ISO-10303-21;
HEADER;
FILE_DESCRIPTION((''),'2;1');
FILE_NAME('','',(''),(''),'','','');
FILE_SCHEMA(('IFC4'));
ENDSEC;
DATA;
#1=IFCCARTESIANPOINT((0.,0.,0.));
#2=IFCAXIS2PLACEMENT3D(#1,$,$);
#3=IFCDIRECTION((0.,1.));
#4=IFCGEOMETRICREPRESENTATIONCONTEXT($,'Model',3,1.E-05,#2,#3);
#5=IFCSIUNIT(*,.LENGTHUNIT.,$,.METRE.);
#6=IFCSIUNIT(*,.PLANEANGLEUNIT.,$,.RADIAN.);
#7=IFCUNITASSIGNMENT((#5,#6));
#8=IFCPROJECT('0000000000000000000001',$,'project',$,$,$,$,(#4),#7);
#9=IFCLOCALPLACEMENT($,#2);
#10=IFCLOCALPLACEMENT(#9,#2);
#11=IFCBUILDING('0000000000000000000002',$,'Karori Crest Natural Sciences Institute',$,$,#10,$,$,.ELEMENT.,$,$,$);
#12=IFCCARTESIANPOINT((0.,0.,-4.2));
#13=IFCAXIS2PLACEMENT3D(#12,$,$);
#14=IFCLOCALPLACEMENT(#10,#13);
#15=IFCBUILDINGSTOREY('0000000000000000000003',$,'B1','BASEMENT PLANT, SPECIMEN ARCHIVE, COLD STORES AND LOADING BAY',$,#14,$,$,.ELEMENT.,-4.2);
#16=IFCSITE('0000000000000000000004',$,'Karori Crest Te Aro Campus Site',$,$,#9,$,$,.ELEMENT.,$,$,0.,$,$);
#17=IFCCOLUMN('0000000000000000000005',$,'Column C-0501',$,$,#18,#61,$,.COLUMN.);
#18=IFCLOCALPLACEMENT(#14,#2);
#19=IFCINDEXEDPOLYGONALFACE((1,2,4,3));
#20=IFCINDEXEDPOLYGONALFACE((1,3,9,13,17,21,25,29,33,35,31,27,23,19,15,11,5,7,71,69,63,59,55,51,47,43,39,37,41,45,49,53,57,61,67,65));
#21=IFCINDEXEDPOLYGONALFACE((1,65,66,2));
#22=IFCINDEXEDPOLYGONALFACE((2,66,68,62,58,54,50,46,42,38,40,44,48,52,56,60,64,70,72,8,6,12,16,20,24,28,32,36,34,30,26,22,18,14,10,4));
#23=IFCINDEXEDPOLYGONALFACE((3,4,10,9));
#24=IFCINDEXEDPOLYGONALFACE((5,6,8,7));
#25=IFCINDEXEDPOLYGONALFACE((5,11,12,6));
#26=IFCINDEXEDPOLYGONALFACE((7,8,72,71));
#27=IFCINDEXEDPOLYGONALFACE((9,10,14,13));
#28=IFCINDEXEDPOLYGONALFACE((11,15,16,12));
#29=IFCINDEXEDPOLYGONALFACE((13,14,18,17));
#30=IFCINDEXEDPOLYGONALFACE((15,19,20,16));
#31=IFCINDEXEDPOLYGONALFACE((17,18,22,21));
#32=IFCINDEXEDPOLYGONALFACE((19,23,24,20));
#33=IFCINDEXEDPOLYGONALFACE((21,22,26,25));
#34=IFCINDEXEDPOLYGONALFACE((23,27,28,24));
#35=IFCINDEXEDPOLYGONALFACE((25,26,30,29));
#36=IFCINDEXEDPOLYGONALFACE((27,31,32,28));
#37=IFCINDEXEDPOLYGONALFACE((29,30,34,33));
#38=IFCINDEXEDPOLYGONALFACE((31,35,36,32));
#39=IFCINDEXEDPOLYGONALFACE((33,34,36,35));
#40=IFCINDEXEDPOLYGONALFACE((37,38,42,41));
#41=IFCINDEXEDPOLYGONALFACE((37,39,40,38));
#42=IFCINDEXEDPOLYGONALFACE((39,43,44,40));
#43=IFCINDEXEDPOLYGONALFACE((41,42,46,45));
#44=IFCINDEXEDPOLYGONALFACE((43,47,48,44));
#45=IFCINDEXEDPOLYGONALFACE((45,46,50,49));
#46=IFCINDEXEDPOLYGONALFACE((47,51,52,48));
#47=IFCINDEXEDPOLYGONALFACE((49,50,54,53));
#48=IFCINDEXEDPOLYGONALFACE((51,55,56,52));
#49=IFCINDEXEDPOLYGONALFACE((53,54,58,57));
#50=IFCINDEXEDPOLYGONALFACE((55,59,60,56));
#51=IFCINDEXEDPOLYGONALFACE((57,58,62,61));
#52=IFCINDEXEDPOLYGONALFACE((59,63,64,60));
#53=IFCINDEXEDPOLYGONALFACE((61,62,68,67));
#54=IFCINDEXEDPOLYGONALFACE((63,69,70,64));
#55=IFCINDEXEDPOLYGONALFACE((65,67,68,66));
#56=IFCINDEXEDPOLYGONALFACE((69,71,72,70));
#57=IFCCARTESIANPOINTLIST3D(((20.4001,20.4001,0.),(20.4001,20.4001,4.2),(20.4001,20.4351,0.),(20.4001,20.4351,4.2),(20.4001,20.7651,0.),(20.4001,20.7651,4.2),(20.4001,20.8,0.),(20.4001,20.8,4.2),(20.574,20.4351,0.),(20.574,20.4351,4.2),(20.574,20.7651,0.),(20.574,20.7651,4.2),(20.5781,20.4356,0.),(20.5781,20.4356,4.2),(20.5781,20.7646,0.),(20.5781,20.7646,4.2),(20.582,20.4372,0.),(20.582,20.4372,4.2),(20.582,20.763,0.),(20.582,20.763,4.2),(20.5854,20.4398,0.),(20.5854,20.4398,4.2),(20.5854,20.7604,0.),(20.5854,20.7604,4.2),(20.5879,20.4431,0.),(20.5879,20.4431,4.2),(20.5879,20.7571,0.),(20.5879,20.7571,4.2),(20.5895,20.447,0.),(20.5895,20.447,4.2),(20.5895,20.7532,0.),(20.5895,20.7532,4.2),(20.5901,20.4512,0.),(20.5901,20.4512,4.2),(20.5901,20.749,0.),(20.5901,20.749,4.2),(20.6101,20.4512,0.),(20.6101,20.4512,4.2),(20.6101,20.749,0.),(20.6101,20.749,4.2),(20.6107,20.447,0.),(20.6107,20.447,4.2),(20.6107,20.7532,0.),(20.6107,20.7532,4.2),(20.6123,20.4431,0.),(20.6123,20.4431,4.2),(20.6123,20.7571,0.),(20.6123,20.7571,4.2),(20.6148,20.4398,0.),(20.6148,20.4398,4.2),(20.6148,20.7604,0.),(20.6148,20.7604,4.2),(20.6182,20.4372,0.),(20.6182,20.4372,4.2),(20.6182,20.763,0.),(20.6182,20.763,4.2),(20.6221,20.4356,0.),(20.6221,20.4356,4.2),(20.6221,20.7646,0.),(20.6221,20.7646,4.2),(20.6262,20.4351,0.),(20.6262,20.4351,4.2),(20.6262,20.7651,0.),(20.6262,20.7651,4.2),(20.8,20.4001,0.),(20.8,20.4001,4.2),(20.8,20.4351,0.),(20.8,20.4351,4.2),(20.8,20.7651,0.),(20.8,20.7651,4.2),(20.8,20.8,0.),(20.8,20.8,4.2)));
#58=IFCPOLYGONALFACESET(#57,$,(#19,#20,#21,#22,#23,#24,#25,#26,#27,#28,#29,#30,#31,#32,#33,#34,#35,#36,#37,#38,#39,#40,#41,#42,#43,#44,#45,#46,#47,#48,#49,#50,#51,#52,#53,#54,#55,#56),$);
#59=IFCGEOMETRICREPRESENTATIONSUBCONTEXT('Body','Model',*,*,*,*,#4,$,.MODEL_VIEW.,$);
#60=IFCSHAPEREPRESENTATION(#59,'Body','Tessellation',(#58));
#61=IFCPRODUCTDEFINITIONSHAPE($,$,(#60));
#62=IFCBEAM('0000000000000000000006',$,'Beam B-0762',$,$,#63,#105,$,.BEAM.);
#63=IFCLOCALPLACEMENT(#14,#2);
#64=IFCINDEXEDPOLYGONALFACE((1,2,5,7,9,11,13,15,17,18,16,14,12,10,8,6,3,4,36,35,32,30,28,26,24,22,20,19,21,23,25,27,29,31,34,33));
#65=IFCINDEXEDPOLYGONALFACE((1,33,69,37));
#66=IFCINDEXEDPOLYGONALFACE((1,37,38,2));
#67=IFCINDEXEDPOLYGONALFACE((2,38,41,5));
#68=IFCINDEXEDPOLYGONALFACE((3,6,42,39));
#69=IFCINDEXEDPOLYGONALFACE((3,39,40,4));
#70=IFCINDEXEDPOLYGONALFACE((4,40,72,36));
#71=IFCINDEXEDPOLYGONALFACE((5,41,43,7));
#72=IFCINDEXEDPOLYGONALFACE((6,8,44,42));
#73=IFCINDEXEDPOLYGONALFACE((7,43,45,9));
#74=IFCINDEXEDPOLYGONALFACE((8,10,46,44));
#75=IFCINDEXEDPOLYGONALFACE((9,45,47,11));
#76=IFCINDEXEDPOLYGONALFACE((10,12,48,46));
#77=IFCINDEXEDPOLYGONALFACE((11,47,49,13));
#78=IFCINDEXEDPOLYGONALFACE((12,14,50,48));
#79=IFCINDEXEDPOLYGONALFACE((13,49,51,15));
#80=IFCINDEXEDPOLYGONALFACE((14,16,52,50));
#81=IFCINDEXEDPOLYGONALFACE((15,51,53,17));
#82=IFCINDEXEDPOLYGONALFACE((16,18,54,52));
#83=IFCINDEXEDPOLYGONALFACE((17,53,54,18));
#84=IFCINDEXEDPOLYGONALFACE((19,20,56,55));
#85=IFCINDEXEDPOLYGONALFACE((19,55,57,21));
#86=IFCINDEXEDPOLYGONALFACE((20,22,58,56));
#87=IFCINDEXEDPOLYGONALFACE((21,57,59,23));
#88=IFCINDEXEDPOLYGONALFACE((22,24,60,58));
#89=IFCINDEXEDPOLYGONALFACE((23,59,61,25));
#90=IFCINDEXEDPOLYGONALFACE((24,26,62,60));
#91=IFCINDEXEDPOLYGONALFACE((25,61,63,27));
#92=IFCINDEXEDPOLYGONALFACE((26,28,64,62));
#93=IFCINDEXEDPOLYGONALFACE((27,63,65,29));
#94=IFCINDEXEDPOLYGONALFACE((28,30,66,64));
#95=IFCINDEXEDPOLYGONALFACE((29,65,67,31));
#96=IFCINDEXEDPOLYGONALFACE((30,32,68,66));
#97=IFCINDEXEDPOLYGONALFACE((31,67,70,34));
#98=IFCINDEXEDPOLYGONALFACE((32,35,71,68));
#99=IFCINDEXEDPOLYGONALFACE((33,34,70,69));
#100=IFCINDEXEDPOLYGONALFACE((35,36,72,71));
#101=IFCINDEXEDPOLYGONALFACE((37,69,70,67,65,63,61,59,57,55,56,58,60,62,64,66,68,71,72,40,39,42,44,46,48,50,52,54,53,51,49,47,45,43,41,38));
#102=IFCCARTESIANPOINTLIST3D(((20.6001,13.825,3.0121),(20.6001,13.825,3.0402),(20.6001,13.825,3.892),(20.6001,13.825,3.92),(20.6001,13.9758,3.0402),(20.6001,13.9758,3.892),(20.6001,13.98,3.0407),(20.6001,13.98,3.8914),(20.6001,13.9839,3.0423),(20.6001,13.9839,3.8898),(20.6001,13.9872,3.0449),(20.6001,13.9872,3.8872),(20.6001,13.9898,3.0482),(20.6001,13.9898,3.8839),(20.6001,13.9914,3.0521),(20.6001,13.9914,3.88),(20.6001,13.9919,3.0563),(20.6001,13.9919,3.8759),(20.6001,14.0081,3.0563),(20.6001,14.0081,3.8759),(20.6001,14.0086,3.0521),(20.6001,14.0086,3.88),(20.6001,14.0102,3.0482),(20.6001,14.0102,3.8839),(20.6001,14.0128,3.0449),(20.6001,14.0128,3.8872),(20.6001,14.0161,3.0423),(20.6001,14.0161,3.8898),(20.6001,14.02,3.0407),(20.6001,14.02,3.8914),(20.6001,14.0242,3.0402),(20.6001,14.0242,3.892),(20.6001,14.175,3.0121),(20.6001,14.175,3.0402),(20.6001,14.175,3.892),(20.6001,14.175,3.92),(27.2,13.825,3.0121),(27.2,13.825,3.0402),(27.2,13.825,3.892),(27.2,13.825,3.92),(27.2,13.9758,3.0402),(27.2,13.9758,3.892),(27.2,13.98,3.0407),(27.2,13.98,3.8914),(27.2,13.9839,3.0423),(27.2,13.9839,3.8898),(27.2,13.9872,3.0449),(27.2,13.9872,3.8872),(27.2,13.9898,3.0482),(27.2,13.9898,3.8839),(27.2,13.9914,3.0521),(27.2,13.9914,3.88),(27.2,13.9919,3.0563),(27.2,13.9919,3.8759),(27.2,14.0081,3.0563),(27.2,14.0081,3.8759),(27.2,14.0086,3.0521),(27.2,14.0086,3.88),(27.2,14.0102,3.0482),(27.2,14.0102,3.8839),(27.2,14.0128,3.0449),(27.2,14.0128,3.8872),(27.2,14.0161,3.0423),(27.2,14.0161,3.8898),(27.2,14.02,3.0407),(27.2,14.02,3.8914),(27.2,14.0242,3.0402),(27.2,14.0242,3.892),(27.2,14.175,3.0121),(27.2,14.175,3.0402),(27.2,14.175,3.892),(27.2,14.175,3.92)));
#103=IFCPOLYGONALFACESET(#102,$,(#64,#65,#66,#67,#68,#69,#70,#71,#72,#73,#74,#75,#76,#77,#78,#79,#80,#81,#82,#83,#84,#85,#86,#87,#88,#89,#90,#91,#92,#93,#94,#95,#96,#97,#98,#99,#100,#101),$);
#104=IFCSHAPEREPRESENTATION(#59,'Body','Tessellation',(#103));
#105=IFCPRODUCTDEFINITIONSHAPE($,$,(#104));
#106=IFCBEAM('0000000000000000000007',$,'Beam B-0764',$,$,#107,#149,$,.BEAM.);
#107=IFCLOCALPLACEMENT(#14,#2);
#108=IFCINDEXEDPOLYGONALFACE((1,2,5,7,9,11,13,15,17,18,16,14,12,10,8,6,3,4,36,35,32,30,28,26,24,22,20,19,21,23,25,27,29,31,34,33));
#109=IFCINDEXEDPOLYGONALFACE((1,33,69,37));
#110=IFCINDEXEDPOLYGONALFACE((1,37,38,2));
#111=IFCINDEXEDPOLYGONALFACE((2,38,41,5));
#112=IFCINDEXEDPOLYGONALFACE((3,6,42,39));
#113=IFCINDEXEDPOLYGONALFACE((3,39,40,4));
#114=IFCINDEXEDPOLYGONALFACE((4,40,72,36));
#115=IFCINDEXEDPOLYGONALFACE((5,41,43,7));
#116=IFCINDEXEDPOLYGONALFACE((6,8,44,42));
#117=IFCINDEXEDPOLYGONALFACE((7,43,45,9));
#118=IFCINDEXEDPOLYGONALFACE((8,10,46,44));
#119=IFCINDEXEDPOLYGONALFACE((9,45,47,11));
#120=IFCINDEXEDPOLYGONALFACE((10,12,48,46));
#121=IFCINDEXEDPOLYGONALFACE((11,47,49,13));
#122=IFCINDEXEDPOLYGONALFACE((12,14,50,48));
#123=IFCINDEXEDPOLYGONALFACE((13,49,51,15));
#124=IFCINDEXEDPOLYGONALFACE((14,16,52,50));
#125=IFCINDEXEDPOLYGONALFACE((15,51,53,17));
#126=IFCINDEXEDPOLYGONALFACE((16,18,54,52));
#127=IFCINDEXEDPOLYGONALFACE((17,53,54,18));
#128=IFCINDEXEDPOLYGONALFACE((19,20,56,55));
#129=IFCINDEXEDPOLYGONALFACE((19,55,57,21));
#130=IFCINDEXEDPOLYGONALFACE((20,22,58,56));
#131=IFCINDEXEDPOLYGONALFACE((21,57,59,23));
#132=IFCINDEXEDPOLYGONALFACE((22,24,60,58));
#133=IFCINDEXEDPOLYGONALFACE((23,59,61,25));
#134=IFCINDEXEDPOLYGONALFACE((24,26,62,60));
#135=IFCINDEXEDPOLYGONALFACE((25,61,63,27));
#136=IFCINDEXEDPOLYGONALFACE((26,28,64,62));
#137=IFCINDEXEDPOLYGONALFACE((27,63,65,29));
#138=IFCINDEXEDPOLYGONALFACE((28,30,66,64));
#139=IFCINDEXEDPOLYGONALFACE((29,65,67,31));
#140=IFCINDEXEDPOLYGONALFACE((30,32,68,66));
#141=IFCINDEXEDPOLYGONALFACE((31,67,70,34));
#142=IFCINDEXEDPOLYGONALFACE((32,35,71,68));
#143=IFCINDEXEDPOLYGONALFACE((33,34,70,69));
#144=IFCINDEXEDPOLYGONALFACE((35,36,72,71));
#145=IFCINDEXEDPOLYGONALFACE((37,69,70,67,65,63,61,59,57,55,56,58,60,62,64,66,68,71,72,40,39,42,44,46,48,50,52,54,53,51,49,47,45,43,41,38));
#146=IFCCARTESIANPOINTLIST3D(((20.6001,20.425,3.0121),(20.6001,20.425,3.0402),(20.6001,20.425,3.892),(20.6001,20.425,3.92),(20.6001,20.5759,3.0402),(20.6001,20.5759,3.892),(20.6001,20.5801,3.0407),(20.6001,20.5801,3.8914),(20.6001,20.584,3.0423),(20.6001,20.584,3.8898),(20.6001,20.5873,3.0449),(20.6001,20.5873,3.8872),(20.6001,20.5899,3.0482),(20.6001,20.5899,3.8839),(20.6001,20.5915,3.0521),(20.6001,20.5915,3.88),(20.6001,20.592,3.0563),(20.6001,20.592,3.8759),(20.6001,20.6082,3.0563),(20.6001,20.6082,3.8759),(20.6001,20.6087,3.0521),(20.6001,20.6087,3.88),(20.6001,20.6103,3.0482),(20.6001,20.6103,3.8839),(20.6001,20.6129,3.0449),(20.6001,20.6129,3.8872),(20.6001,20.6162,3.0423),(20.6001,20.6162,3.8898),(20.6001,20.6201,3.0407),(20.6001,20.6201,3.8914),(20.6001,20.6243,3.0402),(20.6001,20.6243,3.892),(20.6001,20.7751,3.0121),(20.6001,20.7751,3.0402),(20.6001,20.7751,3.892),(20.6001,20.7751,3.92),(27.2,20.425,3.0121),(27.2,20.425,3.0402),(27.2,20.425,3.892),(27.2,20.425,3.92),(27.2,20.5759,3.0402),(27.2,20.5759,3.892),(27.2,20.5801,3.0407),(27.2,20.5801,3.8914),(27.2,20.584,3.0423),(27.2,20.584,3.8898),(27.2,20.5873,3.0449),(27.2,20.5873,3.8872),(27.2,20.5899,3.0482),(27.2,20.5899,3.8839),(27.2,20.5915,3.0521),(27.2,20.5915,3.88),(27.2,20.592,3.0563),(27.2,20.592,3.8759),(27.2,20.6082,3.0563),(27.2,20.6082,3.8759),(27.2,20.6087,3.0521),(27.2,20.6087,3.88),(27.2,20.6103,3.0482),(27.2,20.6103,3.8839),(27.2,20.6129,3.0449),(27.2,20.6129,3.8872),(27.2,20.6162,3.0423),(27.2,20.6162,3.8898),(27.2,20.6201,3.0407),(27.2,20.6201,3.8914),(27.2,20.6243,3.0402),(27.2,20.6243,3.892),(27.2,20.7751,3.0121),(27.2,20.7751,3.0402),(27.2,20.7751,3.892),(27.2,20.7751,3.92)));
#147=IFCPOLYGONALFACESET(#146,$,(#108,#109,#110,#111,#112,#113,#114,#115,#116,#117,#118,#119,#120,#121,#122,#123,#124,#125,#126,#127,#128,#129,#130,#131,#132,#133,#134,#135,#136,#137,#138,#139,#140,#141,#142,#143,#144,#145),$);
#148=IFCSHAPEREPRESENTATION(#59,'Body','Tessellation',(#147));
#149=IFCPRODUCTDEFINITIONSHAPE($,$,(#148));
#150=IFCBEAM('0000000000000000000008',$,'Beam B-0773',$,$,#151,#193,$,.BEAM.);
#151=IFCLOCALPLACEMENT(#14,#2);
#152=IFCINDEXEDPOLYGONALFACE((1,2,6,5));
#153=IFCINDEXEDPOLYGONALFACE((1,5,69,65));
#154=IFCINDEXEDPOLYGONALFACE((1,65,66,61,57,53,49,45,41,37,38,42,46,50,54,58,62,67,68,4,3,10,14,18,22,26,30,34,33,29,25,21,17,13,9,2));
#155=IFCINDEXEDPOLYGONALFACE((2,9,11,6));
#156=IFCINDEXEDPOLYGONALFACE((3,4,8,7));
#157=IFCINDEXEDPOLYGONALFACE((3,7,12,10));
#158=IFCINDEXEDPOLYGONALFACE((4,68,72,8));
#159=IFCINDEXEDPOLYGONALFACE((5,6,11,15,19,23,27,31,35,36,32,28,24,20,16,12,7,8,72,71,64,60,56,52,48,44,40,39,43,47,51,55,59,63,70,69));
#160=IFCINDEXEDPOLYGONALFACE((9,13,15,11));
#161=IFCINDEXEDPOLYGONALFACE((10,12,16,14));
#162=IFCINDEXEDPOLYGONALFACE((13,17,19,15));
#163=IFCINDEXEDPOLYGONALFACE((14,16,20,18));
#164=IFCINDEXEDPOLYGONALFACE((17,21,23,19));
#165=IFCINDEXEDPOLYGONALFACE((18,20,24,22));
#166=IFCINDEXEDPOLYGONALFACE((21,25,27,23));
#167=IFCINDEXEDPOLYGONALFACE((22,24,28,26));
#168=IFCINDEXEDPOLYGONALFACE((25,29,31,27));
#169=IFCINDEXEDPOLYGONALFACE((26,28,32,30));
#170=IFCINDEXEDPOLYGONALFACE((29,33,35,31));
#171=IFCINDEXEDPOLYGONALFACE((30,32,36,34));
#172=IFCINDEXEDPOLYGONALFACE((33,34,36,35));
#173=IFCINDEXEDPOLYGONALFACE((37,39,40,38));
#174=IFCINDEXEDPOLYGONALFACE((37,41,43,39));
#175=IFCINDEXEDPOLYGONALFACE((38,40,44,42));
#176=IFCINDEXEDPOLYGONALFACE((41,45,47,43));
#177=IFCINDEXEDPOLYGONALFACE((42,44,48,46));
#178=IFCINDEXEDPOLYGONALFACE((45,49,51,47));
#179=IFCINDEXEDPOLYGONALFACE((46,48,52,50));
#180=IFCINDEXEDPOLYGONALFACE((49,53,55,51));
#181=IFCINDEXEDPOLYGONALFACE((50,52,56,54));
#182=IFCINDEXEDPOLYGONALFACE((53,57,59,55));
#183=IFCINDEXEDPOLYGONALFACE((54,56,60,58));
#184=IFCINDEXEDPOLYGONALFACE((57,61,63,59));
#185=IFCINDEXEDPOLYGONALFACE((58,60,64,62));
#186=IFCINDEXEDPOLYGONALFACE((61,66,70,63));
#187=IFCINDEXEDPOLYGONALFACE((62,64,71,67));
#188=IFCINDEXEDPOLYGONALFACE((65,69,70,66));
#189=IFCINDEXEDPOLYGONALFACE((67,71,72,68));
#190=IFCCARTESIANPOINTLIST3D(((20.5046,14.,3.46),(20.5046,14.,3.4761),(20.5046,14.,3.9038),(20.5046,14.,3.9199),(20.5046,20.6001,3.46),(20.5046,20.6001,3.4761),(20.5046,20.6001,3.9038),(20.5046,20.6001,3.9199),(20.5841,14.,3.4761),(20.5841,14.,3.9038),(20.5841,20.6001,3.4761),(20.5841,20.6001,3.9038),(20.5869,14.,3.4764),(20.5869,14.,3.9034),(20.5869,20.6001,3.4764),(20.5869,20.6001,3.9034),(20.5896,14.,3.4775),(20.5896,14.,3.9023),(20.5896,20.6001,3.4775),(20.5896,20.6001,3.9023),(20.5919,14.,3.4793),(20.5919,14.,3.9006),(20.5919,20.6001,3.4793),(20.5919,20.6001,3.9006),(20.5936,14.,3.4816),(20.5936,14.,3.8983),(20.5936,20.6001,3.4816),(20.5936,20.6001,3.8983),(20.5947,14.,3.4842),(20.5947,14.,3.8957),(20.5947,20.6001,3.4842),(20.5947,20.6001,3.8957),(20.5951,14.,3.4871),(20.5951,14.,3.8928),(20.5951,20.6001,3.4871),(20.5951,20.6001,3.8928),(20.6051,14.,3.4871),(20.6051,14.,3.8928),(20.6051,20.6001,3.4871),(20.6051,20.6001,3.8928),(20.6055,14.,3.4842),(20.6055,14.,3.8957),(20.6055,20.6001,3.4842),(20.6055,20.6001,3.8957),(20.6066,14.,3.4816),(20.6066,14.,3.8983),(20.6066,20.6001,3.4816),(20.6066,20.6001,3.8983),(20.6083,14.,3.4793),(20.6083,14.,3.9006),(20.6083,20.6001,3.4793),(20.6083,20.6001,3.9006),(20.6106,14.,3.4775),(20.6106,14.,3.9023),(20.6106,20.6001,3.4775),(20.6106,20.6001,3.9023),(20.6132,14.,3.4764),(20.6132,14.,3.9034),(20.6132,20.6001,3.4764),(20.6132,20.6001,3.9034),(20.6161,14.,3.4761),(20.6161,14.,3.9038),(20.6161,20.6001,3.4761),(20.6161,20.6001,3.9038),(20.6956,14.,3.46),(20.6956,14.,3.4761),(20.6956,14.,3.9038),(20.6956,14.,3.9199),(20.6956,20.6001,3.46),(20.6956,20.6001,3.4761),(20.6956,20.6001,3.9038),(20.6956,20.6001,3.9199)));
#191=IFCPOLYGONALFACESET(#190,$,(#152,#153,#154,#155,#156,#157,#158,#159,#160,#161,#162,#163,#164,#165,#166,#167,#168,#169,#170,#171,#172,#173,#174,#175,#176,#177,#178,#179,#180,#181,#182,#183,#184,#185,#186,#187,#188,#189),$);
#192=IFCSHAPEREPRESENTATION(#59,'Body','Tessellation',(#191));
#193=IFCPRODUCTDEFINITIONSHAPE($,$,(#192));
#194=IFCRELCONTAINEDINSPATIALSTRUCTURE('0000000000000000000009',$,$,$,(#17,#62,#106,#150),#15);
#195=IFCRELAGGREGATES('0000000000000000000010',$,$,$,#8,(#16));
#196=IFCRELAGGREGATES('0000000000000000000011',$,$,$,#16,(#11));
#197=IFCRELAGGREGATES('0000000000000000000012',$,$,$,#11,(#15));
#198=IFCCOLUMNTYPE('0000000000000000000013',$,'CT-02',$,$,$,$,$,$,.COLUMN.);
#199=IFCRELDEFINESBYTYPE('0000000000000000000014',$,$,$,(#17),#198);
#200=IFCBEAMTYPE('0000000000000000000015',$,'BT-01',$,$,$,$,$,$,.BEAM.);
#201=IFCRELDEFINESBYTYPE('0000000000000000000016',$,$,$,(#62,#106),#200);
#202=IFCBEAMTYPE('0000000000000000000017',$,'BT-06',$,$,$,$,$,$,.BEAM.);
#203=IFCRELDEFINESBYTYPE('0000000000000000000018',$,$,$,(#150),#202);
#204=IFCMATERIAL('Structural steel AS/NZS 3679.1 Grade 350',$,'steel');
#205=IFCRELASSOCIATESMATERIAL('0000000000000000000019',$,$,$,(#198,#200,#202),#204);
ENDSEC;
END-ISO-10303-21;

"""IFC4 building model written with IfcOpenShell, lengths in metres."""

from ifc_helpers import new_model, si_unit, direction, frame, origin, origin_2d, place, context, subcontext, project, spatial, i_section, extrude, material, material_profile, profile_set, type_object, element, save


model = new_model("IFC4")

# Units and contexts
model_context = context("Model", 3, precision=1e-05, world=origin(), true_north=direction((0.0, 1.0)))
body_context = subcontext(model_context, "Body", "Model", "MODEL_VIEW")
ifc_project = project(units=[si_unit("LENGTHUNIT", "METRE"), si_unit("PLANEANGLEUNIT", "RADIAN")], contexts=[model_context])

# Site, building, storey
site_placement = place(None, origin())
site = spatial("IfcSite", under=ifc_project, at=site_placement, Name="Karori Crest Te Aro Campus Site", CompositionType="ELEMENT", RefElevation=0.0)
building_placement = place(site_placement, origin())
building = spatial("IfcBuilding", under=site, at=building_placement, Name="Karori Crest Natural Sciences Institute", CompositionType="ELEMENT")
storey_placement = place(building_placement, frame((0.0, 0.0, -4.2)))
storey = spatial("IfcBuildingStorey", under=building, at=storey_placement, Name="B1", Description="BASEMENT PLANT, SPECIMEN ARCHIVE, COLD STORES AND LOADING BAY", CompositionType="ELEMENT", Elevation=-4.2)

# Column
ifc_material_1 = material(Name="Structural steel AS/NZS 3679.1 Grade 350", Category="steel")
ifc_material_profile_1 = material_profile(ifc_material_1, i_section(OverallWidth=0.3999, OverallDepth=0.3999, WebThickness=0.02, FlangeThickness=0.0349, FilletRadius=0.0161, at=origin_2d()), Name="400WC328")
ifc_profile_set_1 = profile_set([ifc_material_profile_1], Name="Structural steel AS/NZS 3679.1 Grade 350")
column_type = type_object("IfcColumnType", Name="CT-02", PredefinedType="COLUMN", material=ifc_profile_set_1)
for number, where, z_axis, x_axis, name in (
    (1, (20.6001, 20.6001, 0.0), (0.0, 0.0, 1.0), (1.0, 0.0, 0.0), "Column C-0501"),
):
    element("IfcColumn", number, at=place(storey_placement, frame(where, z_axis=z_axis, x_axis=x_axis)), inside=storey, type_object=column_type, Name=name, PredefinedType="COLUMN", context=body_context, shape_type="SweptSolid", body=[
        extrude(i_section(OverallWidth=0.3999, OverallDepth=0.3999, WebThickness=0.02, FlangeThickness=0.0349, FilletRadius=0.0161, at=origin_2d()), origin(), (0.0, 0.0, 1.0), 4.2),
    ])

# Beams
ifc_material_profile_2 = material_profile(ifc_material_1, i_section(OverallWidth=0.3501, OverallDepth=0.908, WebThickness=0.0161, FlangeThickness=0.0281, FilletRadius=0.0161, at=origin_2d()), Name="900WB257")
ifc_profile_set_2 = profile_set([ifc_material_profile_2], Name="Structural steel AS/NZS 3679.1 Grade 350")
beam_type_1 = type_object("IfcBeamType", Name="BT-01", PredefinedType="BEAM", material=ifc_profile_set_2)
for number, where, z_axis, x_axis, name in (
    (2, (20.6001, 14.0, 3.4661), (1.0, 0.0, 0.0), (0.0, 1.0, 0.0), "Beam B-0762"),
    (3, (20.6001, 20.6001, 3.4661), (1.0, 0.0, 0.0), (0.0, 1.0, 0.0), "Beam B-0764"),
):
    element("IfcBeam", number, at=place(storey_placement, frame(where, z_axis=z_axis, x_axis=x_axis)), inside=storey, type_object=beam_type_1, Name=name, PredefinedType="BEAM", context=body_context, shape_type="SweptSolid", body=[
        extrude(i_section(OverallWidth=0.3501, OverallDepth=0.908, WebThickness=0.0161, FlangeThickness=0.0281, FilletRadius=0.0161, at=origin_2d()), origin(), (0.0, 0.0, 1.0), 6.5999),
    ])
ifc_material_profile_3 = material_profile(ifc_material_1, i_section(OverallWidth=0.1909, OverallDepth=0.46, WebThickness=0.01, FlangeThickness=0.0161, FilletRadius=0.011, at=origin_2d()), Name="460UB82.1")
ifc_profile_set_3 = profile_set([ifc_material_profile_3], Name="Structural steel AS/NZS 3679.1 Grade 350")
beam_type_2 = type_object("IfcBeamType", Name="BT-06", PredefinedType="BEAM", material=ifc_profile_set_3)
beam_1_placement = place(storey_placement, frame((20.6001, 14.0, 3.6899), z_axis=(0.0, 1.0, 0.0), x_axis=(-1.0, 0.0, 0.0)))
element("IfcBeam", 4, at=beam_1_placement, inside=storey, type_object=beam_type_2, Name="Beam B-0773", PredefinedType="BEAM", context=body_context, shape_type="SweptSolid", body=[
    extrude(i_section(OverallWidth=0.1909, OverallDepth=0.46, WebThickness=0.01, FlangeThickness=0.0161, FilletRadius=0.011, at=origin_2d()), origin(), (0.0, 0.0, 1.0), 6.6001),
])

save(model, "model.ifc")
